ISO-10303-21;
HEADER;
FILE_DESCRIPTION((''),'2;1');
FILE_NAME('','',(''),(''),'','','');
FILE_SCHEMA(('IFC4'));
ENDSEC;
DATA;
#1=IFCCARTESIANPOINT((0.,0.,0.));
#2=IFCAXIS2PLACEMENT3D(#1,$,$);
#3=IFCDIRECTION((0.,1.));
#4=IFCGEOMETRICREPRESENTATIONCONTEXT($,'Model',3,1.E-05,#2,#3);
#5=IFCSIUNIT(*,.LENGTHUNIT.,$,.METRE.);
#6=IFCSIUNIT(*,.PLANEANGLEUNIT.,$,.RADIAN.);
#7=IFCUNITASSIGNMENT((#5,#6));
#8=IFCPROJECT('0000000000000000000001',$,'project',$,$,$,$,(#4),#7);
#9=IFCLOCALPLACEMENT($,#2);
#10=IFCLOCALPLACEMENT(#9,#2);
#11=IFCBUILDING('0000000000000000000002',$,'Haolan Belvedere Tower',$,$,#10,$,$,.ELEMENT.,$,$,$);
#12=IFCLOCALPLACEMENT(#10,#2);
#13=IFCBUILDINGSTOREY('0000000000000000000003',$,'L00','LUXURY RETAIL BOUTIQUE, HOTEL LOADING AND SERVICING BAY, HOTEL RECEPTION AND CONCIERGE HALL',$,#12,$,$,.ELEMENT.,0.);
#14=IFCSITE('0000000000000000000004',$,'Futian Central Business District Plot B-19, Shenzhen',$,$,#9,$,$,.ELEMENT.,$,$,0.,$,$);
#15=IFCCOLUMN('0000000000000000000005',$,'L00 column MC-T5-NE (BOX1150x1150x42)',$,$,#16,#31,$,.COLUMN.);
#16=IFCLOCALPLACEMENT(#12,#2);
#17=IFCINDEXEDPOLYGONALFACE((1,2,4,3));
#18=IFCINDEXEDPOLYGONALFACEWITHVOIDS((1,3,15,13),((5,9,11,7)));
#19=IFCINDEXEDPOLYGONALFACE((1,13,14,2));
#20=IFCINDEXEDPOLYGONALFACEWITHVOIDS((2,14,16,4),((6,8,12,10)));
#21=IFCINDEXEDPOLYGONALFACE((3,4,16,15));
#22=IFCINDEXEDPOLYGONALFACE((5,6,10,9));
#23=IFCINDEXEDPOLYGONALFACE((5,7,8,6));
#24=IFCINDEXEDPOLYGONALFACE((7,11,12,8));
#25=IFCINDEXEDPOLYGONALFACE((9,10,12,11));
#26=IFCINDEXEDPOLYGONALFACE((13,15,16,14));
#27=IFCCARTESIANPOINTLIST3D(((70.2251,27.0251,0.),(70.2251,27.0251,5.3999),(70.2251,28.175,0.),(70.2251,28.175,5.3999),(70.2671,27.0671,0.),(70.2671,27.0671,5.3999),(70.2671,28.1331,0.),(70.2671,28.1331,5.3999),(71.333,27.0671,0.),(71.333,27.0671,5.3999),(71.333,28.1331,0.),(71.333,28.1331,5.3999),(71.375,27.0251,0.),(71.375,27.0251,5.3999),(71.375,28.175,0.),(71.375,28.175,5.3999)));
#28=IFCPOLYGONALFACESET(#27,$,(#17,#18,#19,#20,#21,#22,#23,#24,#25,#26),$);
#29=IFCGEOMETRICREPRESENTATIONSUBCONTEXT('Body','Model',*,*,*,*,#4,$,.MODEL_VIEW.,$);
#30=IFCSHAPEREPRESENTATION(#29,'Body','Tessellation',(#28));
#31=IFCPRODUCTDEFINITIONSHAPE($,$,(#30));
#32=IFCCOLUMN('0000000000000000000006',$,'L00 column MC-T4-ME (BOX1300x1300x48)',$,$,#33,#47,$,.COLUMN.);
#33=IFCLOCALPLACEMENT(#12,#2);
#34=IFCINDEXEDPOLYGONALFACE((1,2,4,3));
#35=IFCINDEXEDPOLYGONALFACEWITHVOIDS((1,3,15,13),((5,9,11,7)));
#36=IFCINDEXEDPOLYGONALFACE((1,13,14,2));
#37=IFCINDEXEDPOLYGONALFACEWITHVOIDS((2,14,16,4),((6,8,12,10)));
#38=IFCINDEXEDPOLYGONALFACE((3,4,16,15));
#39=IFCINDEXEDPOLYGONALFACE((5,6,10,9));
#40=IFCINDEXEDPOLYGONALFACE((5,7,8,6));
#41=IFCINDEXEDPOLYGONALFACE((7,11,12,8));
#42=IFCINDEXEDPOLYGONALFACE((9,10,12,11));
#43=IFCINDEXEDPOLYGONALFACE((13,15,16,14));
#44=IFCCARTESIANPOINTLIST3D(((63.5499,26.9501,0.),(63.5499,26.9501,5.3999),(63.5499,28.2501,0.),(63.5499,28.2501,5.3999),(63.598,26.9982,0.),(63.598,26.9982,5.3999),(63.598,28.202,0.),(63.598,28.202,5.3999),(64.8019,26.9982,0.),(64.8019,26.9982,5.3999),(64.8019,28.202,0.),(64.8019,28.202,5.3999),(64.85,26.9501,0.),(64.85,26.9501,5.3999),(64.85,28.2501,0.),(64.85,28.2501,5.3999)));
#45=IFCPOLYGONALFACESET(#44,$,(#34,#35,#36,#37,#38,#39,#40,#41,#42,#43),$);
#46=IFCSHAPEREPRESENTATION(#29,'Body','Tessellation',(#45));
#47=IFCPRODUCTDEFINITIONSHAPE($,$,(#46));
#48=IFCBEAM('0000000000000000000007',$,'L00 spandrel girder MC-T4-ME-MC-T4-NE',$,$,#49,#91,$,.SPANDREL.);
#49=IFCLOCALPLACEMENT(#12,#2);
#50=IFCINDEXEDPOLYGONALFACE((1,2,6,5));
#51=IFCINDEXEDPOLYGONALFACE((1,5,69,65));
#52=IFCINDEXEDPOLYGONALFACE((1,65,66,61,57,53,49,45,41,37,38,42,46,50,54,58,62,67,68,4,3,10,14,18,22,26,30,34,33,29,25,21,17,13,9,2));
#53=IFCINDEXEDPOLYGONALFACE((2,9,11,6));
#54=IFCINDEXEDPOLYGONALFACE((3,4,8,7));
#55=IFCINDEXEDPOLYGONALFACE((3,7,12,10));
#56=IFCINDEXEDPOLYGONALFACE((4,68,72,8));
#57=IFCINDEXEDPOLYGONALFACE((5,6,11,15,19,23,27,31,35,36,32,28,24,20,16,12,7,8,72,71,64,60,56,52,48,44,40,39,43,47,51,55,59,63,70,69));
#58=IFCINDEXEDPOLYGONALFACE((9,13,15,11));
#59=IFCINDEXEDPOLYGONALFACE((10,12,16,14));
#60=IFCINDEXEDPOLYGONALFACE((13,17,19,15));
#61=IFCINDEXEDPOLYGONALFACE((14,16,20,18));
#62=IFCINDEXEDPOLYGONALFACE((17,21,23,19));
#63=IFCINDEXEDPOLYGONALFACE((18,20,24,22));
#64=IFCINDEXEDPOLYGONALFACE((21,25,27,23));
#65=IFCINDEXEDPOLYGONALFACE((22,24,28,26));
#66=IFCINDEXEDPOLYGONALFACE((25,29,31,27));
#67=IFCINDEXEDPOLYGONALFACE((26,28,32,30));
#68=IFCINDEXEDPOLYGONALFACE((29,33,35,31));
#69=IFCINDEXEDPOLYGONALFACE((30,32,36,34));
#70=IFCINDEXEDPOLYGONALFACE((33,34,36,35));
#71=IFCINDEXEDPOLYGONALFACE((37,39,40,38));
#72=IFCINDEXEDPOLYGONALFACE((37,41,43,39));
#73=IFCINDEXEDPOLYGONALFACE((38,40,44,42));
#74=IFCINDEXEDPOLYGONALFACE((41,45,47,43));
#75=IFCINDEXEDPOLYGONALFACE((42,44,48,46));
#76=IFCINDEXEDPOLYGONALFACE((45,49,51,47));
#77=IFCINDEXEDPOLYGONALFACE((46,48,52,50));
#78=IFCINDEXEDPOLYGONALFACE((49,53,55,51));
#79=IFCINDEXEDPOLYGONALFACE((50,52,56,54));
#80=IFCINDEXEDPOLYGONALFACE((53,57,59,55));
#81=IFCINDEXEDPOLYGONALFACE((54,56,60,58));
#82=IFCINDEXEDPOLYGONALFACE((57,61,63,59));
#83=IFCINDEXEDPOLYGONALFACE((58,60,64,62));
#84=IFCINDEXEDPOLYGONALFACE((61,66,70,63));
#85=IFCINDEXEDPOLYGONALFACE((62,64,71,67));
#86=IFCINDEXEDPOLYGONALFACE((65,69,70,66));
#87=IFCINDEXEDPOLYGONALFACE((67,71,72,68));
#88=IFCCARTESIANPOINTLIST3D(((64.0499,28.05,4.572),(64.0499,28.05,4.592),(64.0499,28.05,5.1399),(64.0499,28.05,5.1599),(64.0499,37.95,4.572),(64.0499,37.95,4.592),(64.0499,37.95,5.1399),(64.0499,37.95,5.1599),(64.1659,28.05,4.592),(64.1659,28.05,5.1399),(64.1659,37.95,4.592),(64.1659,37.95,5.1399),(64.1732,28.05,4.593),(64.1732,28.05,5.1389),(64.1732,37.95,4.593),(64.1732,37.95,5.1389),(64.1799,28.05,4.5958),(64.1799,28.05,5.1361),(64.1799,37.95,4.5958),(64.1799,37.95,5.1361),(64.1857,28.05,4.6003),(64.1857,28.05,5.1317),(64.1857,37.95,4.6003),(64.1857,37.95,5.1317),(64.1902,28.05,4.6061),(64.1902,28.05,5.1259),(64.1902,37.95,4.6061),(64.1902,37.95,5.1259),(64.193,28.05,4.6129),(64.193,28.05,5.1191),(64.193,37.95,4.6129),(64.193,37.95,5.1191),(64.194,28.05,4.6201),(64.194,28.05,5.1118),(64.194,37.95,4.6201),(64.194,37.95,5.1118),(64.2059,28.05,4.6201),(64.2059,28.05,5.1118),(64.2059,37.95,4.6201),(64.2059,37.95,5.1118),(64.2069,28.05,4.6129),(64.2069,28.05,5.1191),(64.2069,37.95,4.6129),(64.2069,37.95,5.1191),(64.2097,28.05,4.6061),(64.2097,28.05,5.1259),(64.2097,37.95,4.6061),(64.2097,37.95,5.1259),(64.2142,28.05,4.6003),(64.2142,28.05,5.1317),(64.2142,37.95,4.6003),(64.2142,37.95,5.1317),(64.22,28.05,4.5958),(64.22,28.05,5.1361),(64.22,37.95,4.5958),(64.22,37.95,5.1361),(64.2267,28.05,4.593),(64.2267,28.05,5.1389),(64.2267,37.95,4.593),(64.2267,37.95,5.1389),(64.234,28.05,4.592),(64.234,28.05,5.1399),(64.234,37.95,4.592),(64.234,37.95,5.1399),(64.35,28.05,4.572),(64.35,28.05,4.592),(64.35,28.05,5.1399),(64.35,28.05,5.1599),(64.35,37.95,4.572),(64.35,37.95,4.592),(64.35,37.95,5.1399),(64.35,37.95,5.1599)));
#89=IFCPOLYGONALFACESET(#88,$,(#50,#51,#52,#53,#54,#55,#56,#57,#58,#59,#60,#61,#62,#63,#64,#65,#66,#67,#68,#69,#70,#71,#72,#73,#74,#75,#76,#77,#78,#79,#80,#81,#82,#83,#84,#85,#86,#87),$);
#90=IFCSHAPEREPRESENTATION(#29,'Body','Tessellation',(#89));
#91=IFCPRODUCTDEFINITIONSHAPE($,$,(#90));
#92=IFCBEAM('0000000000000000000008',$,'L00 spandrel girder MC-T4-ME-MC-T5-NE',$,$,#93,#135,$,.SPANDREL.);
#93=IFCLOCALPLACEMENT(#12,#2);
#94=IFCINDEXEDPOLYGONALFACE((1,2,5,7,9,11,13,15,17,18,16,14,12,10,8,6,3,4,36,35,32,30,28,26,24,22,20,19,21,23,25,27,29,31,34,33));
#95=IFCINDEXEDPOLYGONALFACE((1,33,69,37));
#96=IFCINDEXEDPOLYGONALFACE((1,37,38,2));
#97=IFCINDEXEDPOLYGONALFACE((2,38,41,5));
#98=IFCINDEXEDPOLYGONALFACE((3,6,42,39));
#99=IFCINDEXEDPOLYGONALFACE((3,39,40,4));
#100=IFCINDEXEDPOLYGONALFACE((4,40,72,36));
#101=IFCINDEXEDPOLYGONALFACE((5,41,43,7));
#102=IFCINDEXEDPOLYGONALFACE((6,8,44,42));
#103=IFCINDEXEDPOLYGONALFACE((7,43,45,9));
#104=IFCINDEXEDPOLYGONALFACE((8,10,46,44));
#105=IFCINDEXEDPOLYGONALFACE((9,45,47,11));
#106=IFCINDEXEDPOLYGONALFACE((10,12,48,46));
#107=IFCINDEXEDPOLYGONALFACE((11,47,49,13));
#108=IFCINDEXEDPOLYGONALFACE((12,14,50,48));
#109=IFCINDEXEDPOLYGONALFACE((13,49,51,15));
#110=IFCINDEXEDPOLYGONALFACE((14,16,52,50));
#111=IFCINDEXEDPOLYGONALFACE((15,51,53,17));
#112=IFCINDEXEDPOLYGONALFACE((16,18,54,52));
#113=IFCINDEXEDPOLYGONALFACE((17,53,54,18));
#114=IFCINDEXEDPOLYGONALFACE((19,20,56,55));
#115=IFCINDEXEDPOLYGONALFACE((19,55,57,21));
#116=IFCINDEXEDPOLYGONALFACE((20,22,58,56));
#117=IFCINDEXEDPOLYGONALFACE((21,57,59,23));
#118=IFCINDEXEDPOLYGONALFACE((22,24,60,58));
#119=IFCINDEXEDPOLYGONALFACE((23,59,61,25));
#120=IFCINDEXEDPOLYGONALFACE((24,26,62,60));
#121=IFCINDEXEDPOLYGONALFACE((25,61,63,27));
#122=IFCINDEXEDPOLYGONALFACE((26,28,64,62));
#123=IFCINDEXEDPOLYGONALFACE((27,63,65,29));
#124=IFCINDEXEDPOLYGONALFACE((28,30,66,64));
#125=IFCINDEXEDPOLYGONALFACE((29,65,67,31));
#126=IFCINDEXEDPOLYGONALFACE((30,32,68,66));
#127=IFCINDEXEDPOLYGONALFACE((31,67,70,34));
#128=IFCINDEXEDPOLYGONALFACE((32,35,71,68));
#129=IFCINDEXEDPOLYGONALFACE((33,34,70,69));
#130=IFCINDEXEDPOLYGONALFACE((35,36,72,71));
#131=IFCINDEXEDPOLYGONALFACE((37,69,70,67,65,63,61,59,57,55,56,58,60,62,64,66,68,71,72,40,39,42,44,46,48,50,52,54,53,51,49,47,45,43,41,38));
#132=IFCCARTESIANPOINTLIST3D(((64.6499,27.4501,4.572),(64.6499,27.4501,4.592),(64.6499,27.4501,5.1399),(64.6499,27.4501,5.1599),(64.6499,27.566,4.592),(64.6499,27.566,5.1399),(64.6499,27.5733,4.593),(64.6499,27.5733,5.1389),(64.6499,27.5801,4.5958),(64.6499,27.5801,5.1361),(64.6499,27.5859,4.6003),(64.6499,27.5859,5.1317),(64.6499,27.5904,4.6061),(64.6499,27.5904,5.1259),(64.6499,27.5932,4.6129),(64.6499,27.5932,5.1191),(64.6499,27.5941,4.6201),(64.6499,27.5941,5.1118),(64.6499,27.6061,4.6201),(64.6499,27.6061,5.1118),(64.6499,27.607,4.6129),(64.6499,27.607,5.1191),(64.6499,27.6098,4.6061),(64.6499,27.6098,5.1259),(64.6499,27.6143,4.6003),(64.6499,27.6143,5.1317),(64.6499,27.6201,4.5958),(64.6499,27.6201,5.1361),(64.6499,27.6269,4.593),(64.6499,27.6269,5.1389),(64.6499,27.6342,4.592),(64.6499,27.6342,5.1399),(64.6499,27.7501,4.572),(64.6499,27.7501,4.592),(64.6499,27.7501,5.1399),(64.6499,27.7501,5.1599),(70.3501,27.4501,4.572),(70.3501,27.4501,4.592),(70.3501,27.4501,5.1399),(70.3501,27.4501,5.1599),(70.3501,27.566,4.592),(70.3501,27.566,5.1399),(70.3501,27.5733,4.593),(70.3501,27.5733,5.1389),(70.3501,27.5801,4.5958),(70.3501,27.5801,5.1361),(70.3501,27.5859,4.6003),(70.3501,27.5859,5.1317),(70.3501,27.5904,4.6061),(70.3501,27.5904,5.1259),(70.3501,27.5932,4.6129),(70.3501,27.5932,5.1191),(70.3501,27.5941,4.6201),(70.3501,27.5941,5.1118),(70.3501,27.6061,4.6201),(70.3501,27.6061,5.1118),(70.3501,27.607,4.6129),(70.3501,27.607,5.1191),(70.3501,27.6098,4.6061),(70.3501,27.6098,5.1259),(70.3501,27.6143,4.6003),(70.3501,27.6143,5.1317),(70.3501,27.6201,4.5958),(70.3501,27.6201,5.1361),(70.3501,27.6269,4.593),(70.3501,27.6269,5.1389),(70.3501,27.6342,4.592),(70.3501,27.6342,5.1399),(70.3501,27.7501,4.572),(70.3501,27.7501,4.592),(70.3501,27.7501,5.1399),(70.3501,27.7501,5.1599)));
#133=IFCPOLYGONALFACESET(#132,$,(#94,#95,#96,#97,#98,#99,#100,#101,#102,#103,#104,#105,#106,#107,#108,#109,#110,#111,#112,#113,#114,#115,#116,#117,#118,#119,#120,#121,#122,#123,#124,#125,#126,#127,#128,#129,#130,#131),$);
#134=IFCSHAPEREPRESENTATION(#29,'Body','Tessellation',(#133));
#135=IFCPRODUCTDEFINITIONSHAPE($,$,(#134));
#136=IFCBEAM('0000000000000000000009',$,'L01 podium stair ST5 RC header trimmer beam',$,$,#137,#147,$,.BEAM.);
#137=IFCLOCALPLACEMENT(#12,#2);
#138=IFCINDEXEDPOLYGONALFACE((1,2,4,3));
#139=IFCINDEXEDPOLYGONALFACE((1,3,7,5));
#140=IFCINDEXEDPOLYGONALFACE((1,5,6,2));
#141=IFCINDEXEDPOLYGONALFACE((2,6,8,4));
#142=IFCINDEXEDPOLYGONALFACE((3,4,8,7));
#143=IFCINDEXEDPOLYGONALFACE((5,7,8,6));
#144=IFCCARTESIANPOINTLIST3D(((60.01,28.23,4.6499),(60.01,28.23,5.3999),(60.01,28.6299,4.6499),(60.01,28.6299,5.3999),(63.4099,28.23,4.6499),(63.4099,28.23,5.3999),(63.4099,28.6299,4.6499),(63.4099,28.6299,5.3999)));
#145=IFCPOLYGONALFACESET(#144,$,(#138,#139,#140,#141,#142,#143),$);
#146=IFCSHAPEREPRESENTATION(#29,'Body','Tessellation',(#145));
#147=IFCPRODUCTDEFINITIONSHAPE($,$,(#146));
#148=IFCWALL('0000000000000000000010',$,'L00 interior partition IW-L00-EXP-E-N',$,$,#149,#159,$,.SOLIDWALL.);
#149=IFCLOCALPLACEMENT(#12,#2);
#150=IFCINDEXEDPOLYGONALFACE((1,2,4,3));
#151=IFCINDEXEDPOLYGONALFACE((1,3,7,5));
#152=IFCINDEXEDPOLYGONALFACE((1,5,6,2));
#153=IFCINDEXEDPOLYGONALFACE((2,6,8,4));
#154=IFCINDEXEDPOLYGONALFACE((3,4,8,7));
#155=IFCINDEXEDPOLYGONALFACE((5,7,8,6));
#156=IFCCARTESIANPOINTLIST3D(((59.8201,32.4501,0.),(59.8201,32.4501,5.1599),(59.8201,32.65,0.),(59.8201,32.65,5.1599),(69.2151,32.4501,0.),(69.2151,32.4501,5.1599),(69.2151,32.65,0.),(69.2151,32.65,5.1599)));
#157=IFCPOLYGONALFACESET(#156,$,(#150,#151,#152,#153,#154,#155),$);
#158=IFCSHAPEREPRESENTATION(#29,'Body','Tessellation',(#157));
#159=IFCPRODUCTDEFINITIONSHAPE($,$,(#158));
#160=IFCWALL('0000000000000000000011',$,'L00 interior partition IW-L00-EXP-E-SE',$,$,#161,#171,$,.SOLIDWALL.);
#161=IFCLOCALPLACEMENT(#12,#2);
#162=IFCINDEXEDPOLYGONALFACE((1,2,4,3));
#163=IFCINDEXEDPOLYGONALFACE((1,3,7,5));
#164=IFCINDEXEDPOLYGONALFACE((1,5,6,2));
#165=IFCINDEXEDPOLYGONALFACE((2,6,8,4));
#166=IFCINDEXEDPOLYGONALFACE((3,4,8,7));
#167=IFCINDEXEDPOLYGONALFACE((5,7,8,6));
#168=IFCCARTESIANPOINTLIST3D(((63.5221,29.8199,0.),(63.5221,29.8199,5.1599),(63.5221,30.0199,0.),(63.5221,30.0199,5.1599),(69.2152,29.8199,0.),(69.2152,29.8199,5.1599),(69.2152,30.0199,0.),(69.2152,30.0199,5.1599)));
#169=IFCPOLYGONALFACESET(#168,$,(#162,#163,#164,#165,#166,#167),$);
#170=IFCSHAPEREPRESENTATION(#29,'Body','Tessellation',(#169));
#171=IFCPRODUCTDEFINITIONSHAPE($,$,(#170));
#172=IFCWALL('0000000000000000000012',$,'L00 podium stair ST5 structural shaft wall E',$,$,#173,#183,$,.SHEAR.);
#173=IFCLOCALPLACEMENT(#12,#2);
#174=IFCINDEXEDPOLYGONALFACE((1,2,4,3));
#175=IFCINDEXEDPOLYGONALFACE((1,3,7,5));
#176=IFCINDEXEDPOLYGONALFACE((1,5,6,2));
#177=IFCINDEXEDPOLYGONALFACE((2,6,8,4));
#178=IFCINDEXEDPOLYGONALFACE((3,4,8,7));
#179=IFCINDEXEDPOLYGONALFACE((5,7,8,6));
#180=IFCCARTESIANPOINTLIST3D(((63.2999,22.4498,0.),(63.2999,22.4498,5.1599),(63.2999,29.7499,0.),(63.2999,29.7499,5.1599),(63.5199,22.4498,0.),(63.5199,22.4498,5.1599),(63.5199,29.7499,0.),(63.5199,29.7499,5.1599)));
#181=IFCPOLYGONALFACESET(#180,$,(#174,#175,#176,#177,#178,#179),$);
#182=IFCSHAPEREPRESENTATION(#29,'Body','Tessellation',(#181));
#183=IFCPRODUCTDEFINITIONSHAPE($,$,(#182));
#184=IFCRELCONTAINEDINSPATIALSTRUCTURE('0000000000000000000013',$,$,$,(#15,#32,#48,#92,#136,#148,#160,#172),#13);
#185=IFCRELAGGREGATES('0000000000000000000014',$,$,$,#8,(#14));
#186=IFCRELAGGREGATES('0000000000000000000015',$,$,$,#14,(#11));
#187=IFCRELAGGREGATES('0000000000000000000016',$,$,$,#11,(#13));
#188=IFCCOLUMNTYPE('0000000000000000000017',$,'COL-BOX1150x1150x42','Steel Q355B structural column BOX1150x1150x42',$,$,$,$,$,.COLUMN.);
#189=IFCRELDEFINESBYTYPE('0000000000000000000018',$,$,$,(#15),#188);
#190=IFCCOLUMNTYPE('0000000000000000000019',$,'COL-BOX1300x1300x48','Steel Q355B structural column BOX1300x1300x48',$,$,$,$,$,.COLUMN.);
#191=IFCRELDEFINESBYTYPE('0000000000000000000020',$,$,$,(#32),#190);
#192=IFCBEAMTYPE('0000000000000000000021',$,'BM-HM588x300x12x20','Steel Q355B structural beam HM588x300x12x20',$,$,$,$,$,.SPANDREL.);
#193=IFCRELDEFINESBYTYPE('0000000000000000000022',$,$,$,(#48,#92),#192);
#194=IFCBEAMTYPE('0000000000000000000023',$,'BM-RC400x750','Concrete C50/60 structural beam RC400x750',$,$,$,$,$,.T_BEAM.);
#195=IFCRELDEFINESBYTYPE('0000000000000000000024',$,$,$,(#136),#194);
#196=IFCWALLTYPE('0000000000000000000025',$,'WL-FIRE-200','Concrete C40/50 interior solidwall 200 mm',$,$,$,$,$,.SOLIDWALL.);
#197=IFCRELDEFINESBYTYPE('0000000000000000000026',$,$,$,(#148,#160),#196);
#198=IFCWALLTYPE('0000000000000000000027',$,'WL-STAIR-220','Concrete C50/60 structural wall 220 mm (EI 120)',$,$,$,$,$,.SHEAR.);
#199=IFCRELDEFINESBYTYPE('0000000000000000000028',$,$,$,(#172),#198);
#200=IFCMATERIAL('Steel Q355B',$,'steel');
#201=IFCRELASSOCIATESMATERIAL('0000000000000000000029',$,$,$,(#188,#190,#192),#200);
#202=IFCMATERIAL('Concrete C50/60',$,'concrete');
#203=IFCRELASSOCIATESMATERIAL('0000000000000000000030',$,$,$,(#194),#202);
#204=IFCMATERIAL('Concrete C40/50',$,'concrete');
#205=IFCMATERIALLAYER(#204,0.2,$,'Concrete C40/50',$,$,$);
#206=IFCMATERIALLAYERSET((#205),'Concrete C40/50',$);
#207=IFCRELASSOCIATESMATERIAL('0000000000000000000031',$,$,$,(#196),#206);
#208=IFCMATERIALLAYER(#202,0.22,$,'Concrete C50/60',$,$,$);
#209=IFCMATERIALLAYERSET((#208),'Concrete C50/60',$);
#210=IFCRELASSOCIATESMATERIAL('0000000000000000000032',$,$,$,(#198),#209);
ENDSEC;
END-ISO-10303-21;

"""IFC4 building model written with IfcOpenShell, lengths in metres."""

from ifc_helpers import new_model, si_unit, direction, frame, frame_2d, origin, origin_2d, place, context, subcontext, project, spatial, rectangle, hollow_rectangle, i_section, extrude, material, layer, layer_set, material_profile, profile_set, type_object, element, save


model = new_model("IFC4")

# Units and contexts
model_context = context("Model", 3, precision=1e-05, world=origin(), true_north=direction((0.0, 1.0)))
body_context = subcontext(model_context, "Body", "Model", "MODEL_VIEW")
ifc_project = project(units=[si_unit("LENGTHUNIT", "METRE"), si_unit("PLANEANGLEUNIT", "RADIAN")], contexts=[model_context])

# Site, building, storey
site_placement = place(None, origin())
site = spatial("IfcSite", under=ifc_project, at=site_placement, Name="Futian Central Business District Plot B-19, Shenzhen", CompositionType="ELEMENT", RefElevation=0.0)
building_placement = place(site_placement, origin())
building = spatial("IfcBuilding", under=site, at=building_placement, Name="Haolan Belvedere Tower", CompositionType="ELEMENT")
storey_placement = place(building_placement, origin())
storey = spatial("IfcBuildingStorey", under=building, at=storey_placement, Name="L00", Description="LUXURY RETAIL BOUTIQUE, HOTEL LOADING AND SERVICING BAY, HOTEL RECEPTION AND CONCIERGE HALL", CompositionType="ELEMENT", Elevation=0.0)

# Columns
ifc_material_1 = material(Name="Steel Q355B", Category="steel")
ifc_material_profile_1 = material_profile(ifc_material_1, hollow_rectangle(XDim=1.1499, YDim=1.1499, WallThickness=0.042, at=origin_2d()), Name="Steel Q355B")
ifc_profile_set_1 = profile_set([ifc_material_profile_1], Name="Steel Q355B")
column_type_1 = type_object("IfcColumnType", Name="COL-BOX1150x1150x42", Description="Steel Q355B structural column BOX1150x1150x42", PredefinedType="COLUMN", material=ifc_profile_set_1)
column_1_placement = place(storey_placement, frame((70.8, 27.6001, 0.0), z_axis=(0.0, 0.0, 1.0), x_axis=(1.0, 0.0, 0.0)))
element("IfcColumn", 1, at=column_1_placement, inside=storey, type_object=column_type_1, Name="L00 column MC-T5-NE (BOX1150x1150x42)", PredefinedType="COLUMN", context=body_context, shape_type="SweptSolid", body=[
    extrude(hollow_rectangle(XDim=1.1499, YDim=1.1499, WallThickness=0.042, at=origin_2d()), origin(), (0.0, 0.0, 1.0), 5.3999),
])
ifc_material_profile_2 = material_profile(ifc_material_1, hollow_rectangle(XDim=1.3, YDim=1.3, WallThickness=0.0481, at=origin_2d()), Name="Steel Q355B")
ifc_profile_set_2 = profile_set([ifc_material_profile_2], Name="Steel Q355B")
column_type_2 = type_object("IfcColumnType", Name="COL-BOX1300x1300x48", Description="Steel Q355B structural column BOX1300x1300x48", PredefinedType="COLUMN", material=ifc_profile_set_2)
column_2_placement = place(storey_placement, frame((64.2, 27.6001, 0.0), z_axis=(0.0, 0.0, 1.0), x_axis=(1.0, 0.0, 0.0)))
element("IfcColumn", 2, at=column_2_placement, inside=storey, type_object=column_type_2, Name="L00 column MC-T4-ME (BOX1300x1300x48)", PredefinedType="COLUMN", context=body_context, shape_type="SweptSolid", body=[
    extrude(hollow_rectangle(XDim=1.3, YDim=1.3, WallThickness=0.0481, at=origin_2d()), origin(), (0.0, 0.0, 1.0), 5.3999),
])

# Beams
ifc_material_profile_3 = material_profile(ifc_material_1, i_section(OverallWidth=0.3, OverallDepth=0.5879, WebThickness=0.012, FlangeThickness=0.02, FilletRadius=0.0281, at=origin_2d()), Name="Steel Q355B")
ifc_profile_set_3 = profile_set([ifc_material_profile_3], Name="Steel Q355B")
beam_type_1 = type_object("IfcBeamType", Name="BM-HM588x300x12x20", Description="Steel Q355B structural beam HM588x300x12x20", PredefinedType="SPANDREL", material=ifc_profile_set_3)
beam_1_placement = place(storey_placement, frame((64.2, 28.05, 4.866), z_axis=(0.0, 1.0, 0.0), x_axis=(-1.0, 0.0, 0.0)))
element("IfcBeam", 3, at=beam_1_placement, inside=storey, type_object=beam_type_1, Name="L00 spandrel girder MC-T4-ME-MC-T4-NE", PredefinedType="SPANDREL", context=body_context, shape_type="SweptSolid", body=[
    extrude(i_section(OverallWidth=0.3, OverallDepth=0.5879, WebThickness=0.012, FlangeThickness=0.02, FilletRadius=0.0281, at=origin_2d()), origin(), (0.0, 0.0, 1.0), 9.8999),
])
beam_2_placement = place(storey_placement, frame((64.6499, 27.6001, 4.866), z_axis=(1.0, 0.0, 0.0), x_axis=(0.0, 1.0, 0.0)))
element("IfcBeam", 4, at=beam_2_placement, inside=storey, type_object=beam_type_1, Name="L00 spandrel girder MC-T4-ME-MC-T5-NE", PredefinedType="SPANDREL", context=body_context, shape_type="SweptSolid", body=[
    extrude(i_section(OverallWidth=0.3, OverallDepth=0.5879, WebThickness=0.012, FlangeThickness=0.02, FilletRadius=0.0281, at=origin_2d()), origin(), (0.0, 0.0, 1.0), 5.7002),
])
ifc_material_2 = material(Name="Concrete C50/60", Category="concrete")
ifc_material_profile_4 = material_profile(ifc_material_2, rectangle(XDim=0.3999, YDim=0.75, at=origin_2d()), Name="Concrete C50/60")
ifc_profile_set_4 = profile_set([ifc_material_profile_4], Name="Concrete C50/60")
beam_type_2 = type_object("IfcBeamType", Name="BM-RC400x750", Description="Concrete C50/60 structural beam RC400x750", PredefinedType="T_BEAM", material=ifc_profile_set_4)
beam_3_placement = place(storey_placement, frame((60.01, 28.4299, 5.0249), z_axis=(1.0, 0.0, 0.0), x_axis=(0.0, 1.0, 0.0)))
element("IfcBeam", 5, at=beam_3_placement, inside=storey, type_object=beam_type_2, Name="L01 podium stair ST5 RC header trimmer beam", PredefinedType="BEAM", context=body_context, shape_type="SweptSolid", body=[
    extrude(rectangle(XDim=0.3999, YDim=0.75, at=origin_2d()), origin(), (0.0, 0.0, 1.0), 3.3999),
])

# Wall
ifc_material_3 = material(Name="Concrete C40/50", Category="concrete")
ifc_layer_1 = layer(ifc_material_3, 0.2, Name="Concrete C40/50")
ifc_layer_set_1 = layer_set([ifc_layer_1], Name="Concrete C40/50")
wall_type_1 = type_object("IfcWallType", Name="WL-FIRE-200", Description="Concrete C40/50 interior solidwall 200 mm", PredefinedType="SOLIDWALL", material=ifc_layer_set_1)
wall_1_placement = place(storey_placement, frame((59.8201, 32.55, 0.0), z_axis=(0.0, 0.0, 1.0), x_axis=(1.0, 0.0, 0.0)))
element("IfcWall", 6, at=wall_1_placement, inside=storey, type_object=wall_type_1, Name="L00 interior partition IW-L00-EXP-E-N", PredefinedType="SOLIDWALL", context=body_context, shape_type="SweptSolid", body=[
    extrude(rectangle(XDim=9.395, YDim=0.2, at=frame_2d((4.6975, 0.0))), origin(), (0.0, 0.0, 1.0), 5.1599),
])

# Wall
wall_2_placement = place(storey_placement, frame((63.522, 29.9199, 0.0), z_axis=(0.0, 0.0, 1.0), x_axis=(1.0, 0.0, 0.0)))
element("IfcWall", 7, at=wall_2_placement, inside=storey, type_object=wall_type_1, Name="L00 interior partition IW-L00-EXP-E-SE", PredefinedType="SOLIDWALL", context=body_context, shape_type="SweptSolid", body=[
    extrude(rectangle(XDim=5.6931, YDim=0.2, at=frame_2d((2.8467, 0.0))), origin(), (0.0, 0.0, 1.0), 5.1599),
])

# Shared definitions
ifc_layer_2 = layer(ifc_material_2, 0.22, Name="Concrete C50/60")
ifc_layer_set_2 = layer_set([ifc_layer_2], Name="Concrete C50/60")
wall_type_2 = type_object("IfcWallType", Name="WL-STAIR-220", Description="Concrete C50/60 structural wall 220 mm (EI 120)", PredefinedType="SHEAR", material=ifc_layer_set_2)

# Wall
wall_3_placement = place(storey_placement, frame((63.4099, 22.45, 0.0), z_axis=(0.0, 0.0, 1.0), x_axis=(0.0, 1.0, 0.0)))
element("IfcWall", 8, at=wall_3_placement, inside=storey, type_object=wall_type_2, Name="L00 podium stair ST5 structural shaft wall E", PredefinedType="SHEAR", context=body_context, shape_type="SweptSolid", body=[
    extrude(rectangle(XDim=7.3, YDim=0.22, at=frame_2d((3.6499, 0.0))), origin(), (0.0, 0.0, 1.0), 5.1599),
])

save(model, "model.ifc")
